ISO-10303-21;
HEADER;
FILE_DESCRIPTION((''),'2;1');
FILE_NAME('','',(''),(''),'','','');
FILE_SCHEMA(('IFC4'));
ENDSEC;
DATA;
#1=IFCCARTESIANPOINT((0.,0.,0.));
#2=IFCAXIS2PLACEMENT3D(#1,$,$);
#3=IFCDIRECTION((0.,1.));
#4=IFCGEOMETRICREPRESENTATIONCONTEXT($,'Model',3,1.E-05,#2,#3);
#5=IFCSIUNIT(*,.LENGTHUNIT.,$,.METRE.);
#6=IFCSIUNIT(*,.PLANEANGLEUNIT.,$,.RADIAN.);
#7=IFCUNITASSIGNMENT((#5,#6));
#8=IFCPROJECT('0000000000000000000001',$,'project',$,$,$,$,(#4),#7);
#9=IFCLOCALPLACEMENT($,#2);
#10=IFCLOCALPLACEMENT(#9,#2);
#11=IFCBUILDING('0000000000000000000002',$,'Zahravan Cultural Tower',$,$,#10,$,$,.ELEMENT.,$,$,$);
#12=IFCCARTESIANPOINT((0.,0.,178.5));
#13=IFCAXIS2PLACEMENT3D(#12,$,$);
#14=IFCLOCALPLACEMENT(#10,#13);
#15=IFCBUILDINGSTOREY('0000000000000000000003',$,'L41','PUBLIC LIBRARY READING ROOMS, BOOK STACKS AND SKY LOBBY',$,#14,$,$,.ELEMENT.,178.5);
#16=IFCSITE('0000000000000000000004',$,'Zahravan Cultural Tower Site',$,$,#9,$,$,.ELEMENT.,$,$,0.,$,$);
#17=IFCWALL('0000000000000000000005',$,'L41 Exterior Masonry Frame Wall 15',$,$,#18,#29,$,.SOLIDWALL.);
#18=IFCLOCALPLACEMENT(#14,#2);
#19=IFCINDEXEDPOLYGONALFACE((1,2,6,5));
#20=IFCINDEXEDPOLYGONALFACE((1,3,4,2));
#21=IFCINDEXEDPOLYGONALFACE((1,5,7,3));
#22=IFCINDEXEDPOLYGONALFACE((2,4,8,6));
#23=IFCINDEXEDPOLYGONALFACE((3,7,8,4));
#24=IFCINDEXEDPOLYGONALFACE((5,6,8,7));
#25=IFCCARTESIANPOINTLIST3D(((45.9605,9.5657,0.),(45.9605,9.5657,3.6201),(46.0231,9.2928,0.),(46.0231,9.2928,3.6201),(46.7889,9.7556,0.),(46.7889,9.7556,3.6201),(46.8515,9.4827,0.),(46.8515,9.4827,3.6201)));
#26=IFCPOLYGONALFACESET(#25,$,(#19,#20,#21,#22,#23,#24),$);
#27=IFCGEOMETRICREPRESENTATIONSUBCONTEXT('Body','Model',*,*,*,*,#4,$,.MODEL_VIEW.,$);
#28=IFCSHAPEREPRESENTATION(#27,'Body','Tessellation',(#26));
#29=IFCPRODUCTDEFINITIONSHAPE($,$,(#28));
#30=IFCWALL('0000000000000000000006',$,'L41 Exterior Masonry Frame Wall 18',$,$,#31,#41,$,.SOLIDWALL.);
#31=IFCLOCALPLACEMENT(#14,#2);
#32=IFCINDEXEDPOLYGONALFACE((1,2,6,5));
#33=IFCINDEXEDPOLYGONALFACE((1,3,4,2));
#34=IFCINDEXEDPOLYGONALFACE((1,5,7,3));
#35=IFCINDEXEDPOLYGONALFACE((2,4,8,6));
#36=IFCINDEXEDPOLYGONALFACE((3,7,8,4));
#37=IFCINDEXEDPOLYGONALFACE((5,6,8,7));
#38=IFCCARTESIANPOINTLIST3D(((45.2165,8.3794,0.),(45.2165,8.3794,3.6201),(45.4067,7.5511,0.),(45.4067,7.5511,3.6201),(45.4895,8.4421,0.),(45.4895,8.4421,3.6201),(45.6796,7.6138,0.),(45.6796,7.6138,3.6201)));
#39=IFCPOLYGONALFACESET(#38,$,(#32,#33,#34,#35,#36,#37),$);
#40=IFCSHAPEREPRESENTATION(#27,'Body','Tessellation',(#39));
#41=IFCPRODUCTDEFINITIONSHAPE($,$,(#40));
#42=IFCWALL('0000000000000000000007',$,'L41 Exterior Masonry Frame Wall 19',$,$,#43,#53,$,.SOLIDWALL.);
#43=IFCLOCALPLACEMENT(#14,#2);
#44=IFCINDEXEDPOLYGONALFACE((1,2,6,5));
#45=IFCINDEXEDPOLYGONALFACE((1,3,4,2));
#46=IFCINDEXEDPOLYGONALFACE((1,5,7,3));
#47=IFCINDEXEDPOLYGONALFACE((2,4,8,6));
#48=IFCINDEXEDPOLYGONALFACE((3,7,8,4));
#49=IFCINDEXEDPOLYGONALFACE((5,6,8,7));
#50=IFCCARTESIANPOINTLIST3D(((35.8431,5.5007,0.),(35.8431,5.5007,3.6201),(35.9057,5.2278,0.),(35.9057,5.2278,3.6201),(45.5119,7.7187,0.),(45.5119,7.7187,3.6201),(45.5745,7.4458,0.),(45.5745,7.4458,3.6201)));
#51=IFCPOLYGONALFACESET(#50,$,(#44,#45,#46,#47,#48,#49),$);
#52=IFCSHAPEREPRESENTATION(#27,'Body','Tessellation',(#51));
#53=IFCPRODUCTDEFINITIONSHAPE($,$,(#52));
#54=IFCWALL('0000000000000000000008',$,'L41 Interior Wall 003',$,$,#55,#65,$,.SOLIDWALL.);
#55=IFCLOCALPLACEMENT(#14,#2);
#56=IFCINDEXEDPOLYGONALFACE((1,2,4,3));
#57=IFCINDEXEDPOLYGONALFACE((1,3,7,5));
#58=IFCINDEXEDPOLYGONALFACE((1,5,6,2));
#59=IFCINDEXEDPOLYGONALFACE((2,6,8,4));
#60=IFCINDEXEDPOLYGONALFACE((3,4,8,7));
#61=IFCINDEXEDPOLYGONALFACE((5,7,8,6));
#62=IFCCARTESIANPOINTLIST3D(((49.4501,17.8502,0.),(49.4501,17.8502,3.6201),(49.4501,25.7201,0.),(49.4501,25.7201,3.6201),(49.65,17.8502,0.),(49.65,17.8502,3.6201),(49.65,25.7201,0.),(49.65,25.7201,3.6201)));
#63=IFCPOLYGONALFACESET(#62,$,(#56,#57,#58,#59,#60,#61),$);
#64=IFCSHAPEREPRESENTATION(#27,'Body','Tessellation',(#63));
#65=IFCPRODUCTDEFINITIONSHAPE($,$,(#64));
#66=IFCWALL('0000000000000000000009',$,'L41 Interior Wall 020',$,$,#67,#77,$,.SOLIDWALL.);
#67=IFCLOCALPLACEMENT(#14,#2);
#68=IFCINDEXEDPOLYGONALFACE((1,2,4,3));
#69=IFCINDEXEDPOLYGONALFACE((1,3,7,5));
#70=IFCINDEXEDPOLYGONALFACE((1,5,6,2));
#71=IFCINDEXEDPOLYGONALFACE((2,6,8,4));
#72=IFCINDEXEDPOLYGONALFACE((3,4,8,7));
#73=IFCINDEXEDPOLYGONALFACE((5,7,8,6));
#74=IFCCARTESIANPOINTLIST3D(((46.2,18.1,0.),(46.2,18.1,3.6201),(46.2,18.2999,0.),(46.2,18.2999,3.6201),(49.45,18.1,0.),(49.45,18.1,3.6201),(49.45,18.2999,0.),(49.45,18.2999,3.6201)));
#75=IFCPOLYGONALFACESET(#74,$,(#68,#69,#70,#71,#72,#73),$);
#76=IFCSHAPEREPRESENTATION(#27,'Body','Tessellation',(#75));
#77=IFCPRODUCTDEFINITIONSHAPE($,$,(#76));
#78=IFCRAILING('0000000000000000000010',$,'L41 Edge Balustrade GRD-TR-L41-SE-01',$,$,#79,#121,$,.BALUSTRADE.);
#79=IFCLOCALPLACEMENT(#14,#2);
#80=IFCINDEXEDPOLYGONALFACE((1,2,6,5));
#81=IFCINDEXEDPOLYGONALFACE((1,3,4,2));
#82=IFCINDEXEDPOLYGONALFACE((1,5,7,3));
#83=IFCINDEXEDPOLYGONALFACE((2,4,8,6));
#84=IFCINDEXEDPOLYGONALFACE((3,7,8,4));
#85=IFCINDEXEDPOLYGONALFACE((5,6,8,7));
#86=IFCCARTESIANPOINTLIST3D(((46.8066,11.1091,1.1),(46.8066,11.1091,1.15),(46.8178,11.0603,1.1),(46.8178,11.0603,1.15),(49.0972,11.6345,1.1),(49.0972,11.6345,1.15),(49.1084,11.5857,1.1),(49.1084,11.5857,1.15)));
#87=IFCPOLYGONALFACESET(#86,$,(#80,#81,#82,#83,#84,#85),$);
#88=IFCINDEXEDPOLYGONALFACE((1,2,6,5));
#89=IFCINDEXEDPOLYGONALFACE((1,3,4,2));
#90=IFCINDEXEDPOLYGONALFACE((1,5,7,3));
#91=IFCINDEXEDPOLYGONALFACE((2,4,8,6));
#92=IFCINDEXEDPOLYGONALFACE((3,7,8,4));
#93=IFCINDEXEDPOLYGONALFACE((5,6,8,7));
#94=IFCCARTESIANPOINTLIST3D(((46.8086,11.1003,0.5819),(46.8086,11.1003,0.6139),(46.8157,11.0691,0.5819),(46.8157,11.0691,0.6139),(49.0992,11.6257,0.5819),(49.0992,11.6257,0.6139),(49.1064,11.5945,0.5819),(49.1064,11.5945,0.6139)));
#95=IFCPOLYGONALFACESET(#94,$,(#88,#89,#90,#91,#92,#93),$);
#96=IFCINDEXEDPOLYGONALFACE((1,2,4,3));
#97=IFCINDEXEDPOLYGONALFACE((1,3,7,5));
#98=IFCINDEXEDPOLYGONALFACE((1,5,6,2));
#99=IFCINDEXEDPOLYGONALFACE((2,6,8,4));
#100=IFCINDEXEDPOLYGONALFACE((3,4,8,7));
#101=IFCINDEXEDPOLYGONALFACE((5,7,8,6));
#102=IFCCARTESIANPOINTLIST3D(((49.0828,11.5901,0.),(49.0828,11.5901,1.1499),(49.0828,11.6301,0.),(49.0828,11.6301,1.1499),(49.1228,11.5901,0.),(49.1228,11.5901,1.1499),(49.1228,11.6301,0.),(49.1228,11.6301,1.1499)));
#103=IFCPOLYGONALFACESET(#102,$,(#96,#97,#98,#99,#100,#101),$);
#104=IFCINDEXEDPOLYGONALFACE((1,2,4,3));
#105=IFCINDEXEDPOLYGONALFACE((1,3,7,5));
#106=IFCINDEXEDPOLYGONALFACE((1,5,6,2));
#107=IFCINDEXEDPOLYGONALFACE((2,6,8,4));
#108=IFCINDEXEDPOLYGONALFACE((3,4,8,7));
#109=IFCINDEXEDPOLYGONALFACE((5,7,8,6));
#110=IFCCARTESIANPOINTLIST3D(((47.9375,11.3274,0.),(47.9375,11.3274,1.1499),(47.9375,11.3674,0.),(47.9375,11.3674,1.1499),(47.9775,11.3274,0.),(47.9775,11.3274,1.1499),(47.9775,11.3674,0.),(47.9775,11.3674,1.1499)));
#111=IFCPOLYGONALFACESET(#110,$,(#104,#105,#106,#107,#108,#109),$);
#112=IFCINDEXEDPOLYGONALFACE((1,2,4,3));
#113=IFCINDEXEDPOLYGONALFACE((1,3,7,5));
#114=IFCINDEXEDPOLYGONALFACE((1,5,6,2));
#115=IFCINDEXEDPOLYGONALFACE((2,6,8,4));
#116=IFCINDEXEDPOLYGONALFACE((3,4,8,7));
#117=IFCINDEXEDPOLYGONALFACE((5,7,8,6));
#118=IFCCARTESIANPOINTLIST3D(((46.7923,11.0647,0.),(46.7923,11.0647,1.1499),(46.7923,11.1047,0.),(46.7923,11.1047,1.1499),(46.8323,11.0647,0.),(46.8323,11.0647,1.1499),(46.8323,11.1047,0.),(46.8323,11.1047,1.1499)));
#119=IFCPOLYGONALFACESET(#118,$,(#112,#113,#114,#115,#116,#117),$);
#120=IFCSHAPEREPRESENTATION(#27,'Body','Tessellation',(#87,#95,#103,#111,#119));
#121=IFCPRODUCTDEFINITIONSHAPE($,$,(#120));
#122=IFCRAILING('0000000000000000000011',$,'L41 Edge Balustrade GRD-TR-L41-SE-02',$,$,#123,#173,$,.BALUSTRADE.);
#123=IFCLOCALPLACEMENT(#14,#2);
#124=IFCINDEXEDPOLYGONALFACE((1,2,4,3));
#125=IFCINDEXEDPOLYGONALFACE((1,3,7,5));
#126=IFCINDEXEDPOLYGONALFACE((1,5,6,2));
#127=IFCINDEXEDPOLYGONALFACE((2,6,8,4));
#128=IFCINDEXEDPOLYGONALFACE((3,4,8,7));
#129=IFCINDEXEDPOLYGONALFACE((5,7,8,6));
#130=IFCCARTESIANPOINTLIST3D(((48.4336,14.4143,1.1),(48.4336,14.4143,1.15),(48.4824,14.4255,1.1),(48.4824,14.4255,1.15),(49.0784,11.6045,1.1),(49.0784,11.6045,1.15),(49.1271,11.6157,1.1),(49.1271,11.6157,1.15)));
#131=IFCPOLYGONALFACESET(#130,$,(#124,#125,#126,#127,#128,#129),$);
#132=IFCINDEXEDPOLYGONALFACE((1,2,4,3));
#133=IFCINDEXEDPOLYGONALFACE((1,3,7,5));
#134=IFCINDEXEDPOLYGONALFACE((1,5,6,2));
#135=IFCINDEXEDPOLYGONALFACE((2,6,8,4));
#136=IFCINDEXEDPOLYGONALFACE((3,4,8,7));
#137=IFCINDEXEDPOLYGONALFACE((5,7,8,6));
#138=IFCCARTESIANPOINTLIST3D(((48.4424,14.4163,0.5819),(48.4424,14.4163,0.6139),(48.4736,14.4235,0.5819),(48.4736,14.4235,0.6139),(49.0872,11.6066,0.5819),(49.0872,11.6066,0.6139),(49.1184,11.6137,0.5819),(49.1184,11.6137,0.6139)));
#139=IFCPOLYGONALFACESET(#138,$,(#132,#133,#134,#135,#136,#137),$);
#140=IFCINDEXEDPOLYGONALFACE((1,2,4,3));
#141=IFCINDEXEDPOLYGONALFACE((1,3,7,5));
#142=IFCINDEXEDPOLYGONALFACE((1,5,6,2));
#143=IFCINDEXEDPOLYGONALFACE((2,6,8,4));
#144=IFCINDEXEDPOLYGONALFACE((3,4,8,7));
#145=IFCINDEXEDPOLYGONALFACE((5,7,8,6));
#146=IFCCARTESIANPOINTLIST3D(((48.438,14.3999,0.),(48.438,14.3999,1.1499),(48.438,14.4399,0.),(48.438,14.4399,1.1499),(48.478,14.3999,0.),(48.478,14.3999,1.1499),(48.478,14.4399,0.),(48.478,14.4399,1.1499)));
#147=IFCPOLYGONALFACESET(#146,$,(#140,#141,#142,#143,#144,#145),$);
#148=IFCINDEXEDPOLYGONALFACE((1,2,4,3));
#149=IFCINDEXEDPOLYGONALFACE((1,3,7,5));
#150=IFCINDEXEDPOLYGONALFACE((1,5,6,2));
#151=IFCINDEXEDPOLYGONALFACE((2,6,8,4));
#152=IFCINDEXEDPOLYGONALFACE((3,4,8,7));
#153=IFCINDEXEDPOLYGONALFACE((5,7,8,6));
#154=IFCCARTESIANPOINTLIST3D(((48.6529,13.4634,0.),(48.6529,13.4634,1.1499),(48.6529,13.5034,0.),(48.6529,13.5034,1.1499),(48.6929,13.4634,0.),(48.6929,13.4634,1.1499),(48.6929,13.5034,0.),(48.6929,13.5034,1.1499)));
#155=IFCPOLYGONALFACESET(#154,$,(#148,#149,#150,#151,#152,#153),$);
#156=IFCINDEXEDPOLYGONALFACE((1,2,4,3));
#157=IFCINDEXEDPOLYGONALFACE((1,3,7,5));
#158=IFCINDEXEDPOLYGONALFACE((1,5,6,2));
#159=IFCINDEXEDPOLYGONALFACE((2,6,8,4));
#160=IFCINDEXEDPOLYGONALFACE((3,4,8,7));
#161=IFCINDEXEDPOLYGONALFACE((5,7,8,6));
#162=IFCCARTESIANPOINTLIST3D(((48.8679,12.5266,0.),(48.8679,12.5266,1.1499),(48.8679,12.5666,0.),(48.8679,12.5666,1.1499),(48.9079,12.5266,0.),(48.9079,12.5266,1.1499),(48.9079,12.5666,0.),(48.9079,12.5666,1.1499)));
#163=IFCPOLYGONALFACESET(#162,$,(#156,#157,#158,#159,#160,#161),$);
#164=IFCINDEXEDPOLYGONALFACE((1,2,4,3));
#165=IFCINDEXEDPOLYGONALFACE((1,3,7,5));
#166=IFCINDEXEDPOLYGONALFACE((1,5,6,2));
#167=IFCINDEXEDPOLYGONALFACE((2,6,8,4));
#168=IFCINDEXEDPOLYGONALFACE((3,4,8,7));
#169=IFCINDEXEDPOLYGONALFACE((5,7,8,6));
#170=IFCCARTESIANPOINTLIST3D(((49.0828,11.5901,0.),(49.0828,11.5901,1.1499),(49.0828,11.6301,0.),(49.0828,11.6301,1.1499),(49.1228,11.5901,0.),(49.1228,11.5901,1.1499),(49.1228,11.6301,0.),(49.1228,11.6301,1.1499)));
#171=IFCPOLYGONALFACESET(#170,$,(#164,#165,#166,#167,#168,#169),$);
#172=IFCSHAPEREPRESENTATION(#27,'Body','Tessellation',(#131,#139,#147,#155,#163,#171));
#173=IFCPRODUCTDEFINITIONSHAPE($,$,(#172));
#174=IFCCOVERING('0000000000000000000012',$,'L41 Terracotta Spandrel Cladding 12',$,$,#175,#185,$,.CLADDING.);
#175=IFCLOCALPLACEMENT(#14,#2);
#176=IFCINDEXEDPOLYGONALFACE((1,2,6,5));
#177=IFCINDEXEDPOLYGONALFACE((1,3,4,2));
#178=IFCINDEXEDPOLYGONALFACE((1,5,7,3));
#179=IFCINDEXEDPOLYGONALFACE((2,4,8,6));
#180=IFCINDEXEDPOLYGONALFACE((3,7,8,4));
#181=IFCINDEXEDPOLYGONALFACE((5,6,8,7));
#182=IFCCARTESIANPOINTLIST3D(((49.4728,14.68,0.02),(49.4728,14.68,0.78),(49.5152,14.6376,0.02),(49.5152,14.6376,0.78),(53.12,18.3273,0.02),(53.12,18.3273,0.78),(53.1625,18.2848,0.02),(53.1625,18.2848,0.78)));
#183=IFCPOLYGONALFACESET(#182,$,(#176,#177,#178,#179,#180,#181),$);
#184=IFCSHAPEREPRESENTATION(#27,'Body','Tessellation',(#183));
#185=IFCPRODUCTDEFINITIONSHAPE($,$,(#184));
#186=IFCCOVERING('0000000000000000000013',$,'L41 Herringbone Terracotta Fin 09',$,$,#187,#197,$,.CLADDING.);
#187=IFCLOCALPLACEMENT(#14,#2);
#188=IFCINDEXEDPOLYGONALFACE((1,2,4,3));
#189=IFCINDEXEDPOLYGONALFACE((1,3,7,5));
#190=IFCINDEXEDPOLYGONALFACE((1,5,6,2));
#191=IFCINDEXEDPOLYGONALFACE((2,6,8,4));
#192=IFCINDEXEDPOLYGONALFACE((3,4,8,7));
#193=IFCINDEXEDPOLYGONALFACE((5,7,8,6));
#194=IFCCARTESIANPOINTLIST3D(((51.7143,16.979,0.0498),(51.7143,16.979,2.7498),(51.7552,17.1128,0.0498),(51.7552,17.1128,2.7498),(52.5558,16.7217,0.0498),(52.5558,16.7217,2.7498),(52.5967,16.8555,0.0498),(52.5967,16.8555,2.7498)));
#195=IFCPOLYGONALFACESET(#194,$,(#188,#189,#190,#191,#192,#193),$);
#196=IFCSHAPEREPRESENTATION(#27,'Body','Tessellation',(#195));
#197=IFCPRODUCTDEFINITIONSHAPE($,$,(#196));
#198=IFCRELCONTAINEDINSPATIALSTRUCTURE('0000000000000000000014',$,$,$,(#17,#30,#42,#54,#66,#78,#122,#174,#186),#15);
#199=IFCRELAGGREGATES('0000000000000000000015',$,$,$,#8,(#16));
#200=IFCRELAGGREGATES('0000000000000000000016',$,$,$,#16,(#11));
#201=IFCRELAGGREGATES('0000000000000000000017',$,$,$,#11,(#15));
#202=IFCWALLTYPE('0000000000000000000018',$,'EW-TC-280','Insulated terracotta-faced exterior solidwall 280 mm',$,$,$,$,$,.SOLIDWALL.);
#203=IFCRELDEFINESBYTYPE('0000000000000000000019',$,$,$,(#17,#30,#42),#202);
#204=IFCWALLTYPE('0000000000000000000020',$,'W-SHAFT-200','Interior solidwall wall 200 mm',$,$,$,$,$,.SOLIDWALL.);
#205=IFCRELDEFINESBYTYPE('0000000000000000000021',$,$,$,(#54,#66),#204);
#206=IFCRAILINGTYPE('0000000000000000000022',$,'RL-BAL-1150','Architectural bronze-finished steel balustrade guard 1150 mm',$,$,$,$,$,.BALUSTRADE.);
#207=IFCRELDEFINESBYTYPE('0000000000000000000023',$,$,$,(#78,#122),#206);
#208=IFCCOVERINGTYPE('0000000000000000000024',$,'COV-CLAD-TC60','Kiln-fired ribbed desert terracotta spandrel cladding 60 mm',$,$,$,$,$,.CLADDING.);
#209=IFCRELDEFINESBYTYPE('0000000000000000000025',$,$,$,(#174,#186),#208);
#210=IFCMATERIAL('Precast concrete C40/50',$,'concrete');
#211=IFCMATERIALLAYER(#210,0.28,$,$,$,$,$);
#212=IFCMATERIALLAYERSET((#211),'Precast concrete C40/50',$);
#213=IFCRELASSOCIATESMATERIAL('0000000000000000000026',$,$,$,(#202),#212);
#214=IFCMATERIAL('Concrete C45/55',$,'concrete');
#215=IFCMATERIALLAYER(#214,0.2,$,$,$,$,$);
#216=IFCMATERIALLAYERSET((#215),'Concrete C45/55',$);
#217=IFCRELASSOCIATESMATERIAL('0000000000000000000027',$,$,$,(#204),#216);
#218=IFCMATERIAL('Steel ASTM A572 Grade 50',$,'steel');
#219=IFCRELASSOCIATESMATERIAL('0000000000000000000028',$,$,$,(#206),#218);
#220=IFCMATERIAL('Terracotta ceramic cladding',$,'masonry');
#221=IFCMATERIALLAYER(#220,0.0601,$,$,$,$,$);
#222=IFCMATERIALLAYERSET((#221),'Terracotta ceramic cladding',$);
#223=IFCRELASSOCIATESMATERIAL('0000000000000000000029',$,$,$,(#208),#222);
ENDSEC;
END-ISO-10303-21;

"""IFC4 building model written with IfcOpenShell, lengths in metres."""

from ifc_helpers import new_model, si_unit, direction, frame, frame_2d, origin, origin_2d, place, context, subcontext, project, spatial, rectangle, extrude, source, transform, mapped, material, layer, layer_set, type_object, element, save


model = new_model("IFC4")

# Units and contexts
model_context = context("Model", 3, precision=1e-05, world=origin(), true_north=direction((0.0, 1.0)))
body_context = subcontext(model_context, "Body", "Model", "MODEL_VIEW")
ifc_project = project(units=[si_unit("LENGTHUNIT", "METRE"), si_unit("PLANEANGLEUNIT", "RADIAN")], contexts=[model_context])

# Site, building, storey
site_placement = place(None, origin())
site = spatial("IfcSite", under=ifc_project, at=site_placement, Name="Zahravan Cultural Tower Site", CompositionType="ELEMENT", RefElevation=0.0)
building_placement = place(site_placement, origin())
building = spatial("IfcBuilding", under=site, at=building_placement, Name="Zahravan Cultural Tower", CompositionType="ELEMENT")
storey_placement = place(building_placement, frame((0.0, 0.0, 178.5)))
storey = spatial("IfcBuildingStorey", under=building, at=storey_placement, Name="L41", Description="PUBLIC LIBRARY READING ROOMS, BOOK STACKS AND SKY LOBBY", CompositionType="ELEMENT", Elevation=178.5)

# Shared definitions
ifc_material_1 = material(Name="Precast concrete C40/50", Category="concrete")
ifc_layer_1 = layer(ifc_material_1, 0.28)
ifc_layer_set_1 = layer_set([ifc_layer_1], Name="Precast concrete C40/50")
wall_type_1 = type_object("IfcWallType", Name="EW-TC-280", Description="Insulated terracotta-faced exterior solidwall 280 mm", PredefinedType="SOLIDWALL", material=ifc_layer_set_1)

# Shared definitions
ifc_material_2 = material(Name="Concrete C45/55", Category="concrete")
ifc_layer_2 = layer(ifc_material_2, 0.2)
ifc_layer_set_2 = layer_set([ifc_layer_2], Name="Concrete C45/55")
wall_type_2 = type_object("IfcWallType", Name="W-SHAFT-200", Description="Interior solidwall wall 200 mm", PredefinedType="SOLIDWALL", material=ifc_layer_set_2)
ifc_material_3 = material(Name="Steel ASTM A572 Grade 50", Category="steel")

# Walls
shared_shape_1 = source(origin(), body_context, "Body", "SweptSolid", [
    extrude(rectangle(XDim=0.8499, YDim=0.28, at=frame_2d((0.4248, 0.0))), origin(), (0.0, 0.0, 1.0), 3.6201),
])
for number, where, z_axis, x_axis, name in (
    (1, (46.8201, 9.6191, 0.0), (0.0, 0.0, 1.0), (-0.974705, -0.223496, 0.0), "L41 Exterior Masonry Frame Wall 15"),
    (2, (45.353, 8.4106, 0.0), (0.0, 0.0, 1.0), (0.223768, -0.974642, 0.0), "L41 Exterior Masonry Frame Wall 18"),
):
    element("IfcWall", number, at=place(storey_placement, frame(where, z_axis=z_axis, x_axis=x_axis)), inside=storey, type_object=wall_type_1, Name=name, PredefinedType="SOLIDWALL", context=body_context, shape_type="MappedRepresentation", body=[
        mapped(shared_shape_1, transform((0.0, 0.0, 0.0), x_axis=(1.0, 0.0, 0.0), y_axis=(0.0, 1.0, 0.0), z_axis=(0.0, 0.0, 1.0), scale=1.0)),
    ])
shared_shape_2 = source(origin(), body_context, "Body", "SweptSolid", [
    extrude(rectangle(XDim=9.9199, YDim=0.28, at=frame_2d((4.96, 0.0))), origin(), (0.0, 0.0, 1.0), 3.6201),
])
wall_1_placement = place(storey_placement, frame((45.5432, 7.5823, 0.0), z_axis=(0.0, 0.0, 1.0), x_axis=(-0.974682, -0.223594, 0.0)))
element("IfcWall", 3, at=wall_1_placement, inside=storey, type_object=wall_type_1, Name="L41 Exterior Masonry Frame Wall 19", PredefinedType="SOLIDWALL", context=body_context, shape_type="MappedRepresentation", body=[
    mapped(shared_shape_2, transform((0.0, 0.0, 0.0), x_axis=(1.0, 0.0, 0.0), y_axis=(0.0, 1.0, 0.0), z_axis=(0.0, 0.0, 1.0), scale=1.0)),
])
shared_shape_3 = source(origin(), body_context, "Body", "SweptSolid", [
    extrude(rectangle(XDim=7.8699, YDim=0.2, at=frame_2d((3.9351, 0.0))), origin(), (0.0, 0.0, 1.0), 3.6201),
])
wall_2_placement = place(storey_placement, frame((49.55, 17.8501, 0.0), z_axis=(0.0, 0.0, 1.0), x_axis=(0.0, 1.0, 0.0)))
element("IfcWall", 4, at=wall_2_placement, inside=storey, type_object=wall_type_2, Name="L41 Interior Wall 003", PredefinedType="SOLIDWALL", context=body_context, shape_type="MappedRepresentation", body=[
    mapped(shared_shape_3, transform((0.0, 0.0, 0.0), x_axis=(1.0, 0.0, 0.0), y_axis=(0.0, 1.0, 0.0), z_axis=(0.0, 0.0, 1.0), scale=1.0)),
])
shared_shape_4 = source(origin(), body_context, "Body", "SweptSolid", [
    extrude(rectangle(XDim=3.25, YDim=0.2, at=frame_2d((1.625, 0.0))), origin(), (0.0, 0.0, 1.0), 3.6201),
])
wall_3_placement = place(storey_placement, frame((46.2, 18.2, 0.0), z_axis=(0.0, 0.0, 1.0), x_axis=(1.0, 0.0, 0.0)))
element("IfcWall", 5, at=wall_3_placement, inside=storey, type_object=wall_type_2, Name="L41 Interior Wall 020", PredefinedType="SOLIDWALL", context=body_context, shape_type="MappedRepresentation", body=[
    mapped(shared_shape_4, transform((0.0, 0.0, 0.0), x_axis=(1.0, 0.0, 0.0), y_axis=(0.0, 1.0, 0.0), z_axis=(0.0, 0.0, 1.0), scale=1.0)),
])

# Railings
railing_type = type_object("IfcRailingType", Name="RL-BAL-1150", Description="Architectural bronze-finished steel balustrade guard 1150 mm", PredefinedType="BALUSTRADE", material=ifc_material_3)
railing_1_placement = place(storey_placement, frame((49.1028, 11.6101, 0.0)))
element("IfcRailing", 6, at=railing_1_placement, inside=storey, type_object=railing_type, Name="L41 Edge Balustrade GRD-TR-L41-SE-01", PredefinedType="BALUSTRADE", context=body_context, shape_type="SweptSolid", body=[
    extrude(rectangle(XDim=0.05, YDim=0.05, at=origin_2d()), frame((0.0, 0.0, 1.125), z_axis=(-0.974688, -0.223569, 0.0), x_axis=(0.223569, -0.974688, 0.0)), (0.0, 0.0, 1.0), 2.3501),
    extrude(rectangle(XDim=0.032, YDim=0.032, at=origin_2d()), frame((0.0, 0.0, 0.5979), z_axis=(-0.974688, -0.223569, 0.0), x_axis=(0.223569, -0.974688, 0.0)), (0.0, 0.0, 1.0), 2.3501),
    extrude(rectangle(XDim=0.04, YDim=0.04, at=origin_2d()), origin(), (0.0, 0.0, 1.0), 1.1499),
    extrude(rectangle(XDim=0.04, YDim=0.04, at=origin_2d()), frame((-1.1453, -0.2627, 0.0)), (0.0, 0.0, 1.0), 1.1499),
    extrude(rectangle(XDim=0.04, YDim=0.04, at=origin_2d()), frame((-2.2905, -0.5254, 0.0)), (0.0, 0.0, 1.0), 1.1499),
])
railing_2_placement = place(storey_placement, frame((48.458, 14.4199, 0.0)))
element("IfcRailing", 7, at=railing_2_placement, inside=storey, type_object=railing_type, Name="L41 Edge Balustrade GRD-TR-L41-SE-02", PredefinedType="BALUSTRADE", context=body_context, shape_type="SweptSolid", body=[
    extrude(rectangle(XDim=0.05, YDim=0.05, at=origin_2d()), frame((0.0, 0.0, 1.125), z_axis=(0.223659, -0.974667, 0.0), x_axis=(0.974667, 0.223659, 0.0)), (0.0, 0.0, 1.0), 2.8828),
    extrude(rectangle(XDim=0.032, YDim=0.032, at=origin_2d()), frame((0.0, 0.0, 0.5979), z_axis=(0.223659, -0.974667, 0.0), x_axis=(0.974667, 0.223659, 0.0)), (0.0, 0.0, 1.0), 2.8828),
    extrude(rectangle(XDim=0.04, YDim=0.04, at=origin_2d()), origin(), (0.0, 0.0, 1.0), 1.1499),
    extrude(rectangle(XDim=0.04, YDim=0.04, at=origin_2d()), frame((0.2148, -0.9365, 0.0)), (0.0, 0.0, 1.0), 1.1499),
    extrude(rectangle(XDim=0.04, YDim=0.04, at=origin_2d()), frame((0.4299, -1.8733, 0.0)), (0.0, 0.0, 1.0), 1.1499),
    extrude(rectangle(XDim=0.04, YDim=0.04, at=origin_2d()), frame((0.6448, -2.8098, 0.0)), (0.0, 0.0, 1.0), 1.1499),
])

# Coverings
ifc_material_4 = material(Name="Terracotta ceramic cladding", Category="masonry")
ifc_layer_3 = layer(ifc_material_4, 0.0601)
ifc_layer_set_3 = layer_set([ifc_layer_3], Name="Terracotta ceramic cladding")
covering_type = type_object("IfcCoveringType", Name="COV-CLAD-TC60", Description="Kiln-fired ribbed desert terracotta spandrel cladding 60 mm", PredefinedType="CLADDING", material=ifc_layer_set_3)
shared_shape_5 = source(origin(), body_context, "Body", "SweptSolid", [
    extrude(rectangle(XDim=5.158, YDim=0.0601, at=origin_2d()), origin(), (0.0, 0.0, 1.0), 0.76),
])
covering_1_placement = place(storey_placement, frame((51.3176, 16.4824, 0.02), z_axis=(0.0, 0.0, 1.0), x_axis=(-0.707107, -0.707107, 0.0)))
element("IfcCovering", 8, at=covering_1_placement, inside=storey, type_object=covering_type, Name="L41 Terracotta Spandrel Cladding 12", PredefinedType="CLADDING", context=body_context, shape_type="MappedRepresentation", body=[
    mapped(shared_shape_5, transform((0.0, 0.0, 0.0), x_axis=(1.0, 0.0, 0.0), y_axis=(0.0, 1.0, 0.0), z_axis=(0.0, 0.0, 1.0), scale=1.0)),
])
shared_shape_6 = source(origin(), body_context, "Body", "SweptSolid", [
    extrude(rectangle(XDim=0.8799, YDim=0.1399, at=origin_2d()), origin(), (0.0, 0.0, 1.0), 2.7),
])
for number, where, z_axis, x_axis, name in (
    (9, (52.1555, 16.9172, 0.0498), (0.0, 0.0, 1.0), (0.956305, -0.292372, 0.0), "L41 Herringbone Terracotta Fin 09"),
):
    element("IfcCovering", number, at=place(storey_placement, frame(where, z_axis=z_axis, x_axis=x_axis)), inside=storey, type_object=covering_type, Name=name, PredefinedType="CLADDING", context=body_context, shape_type="MappedRepresentation", body=[
        mapped(shared_shape_6, transform((0.0, 0.0, 0.0), x_axis=(1.0, 0.0, 0.0), y_axis=(0.0, 1.0, 0.0), z_axis=(0.0, 0.0, 1.0), scale=1.0)),
    ])

save(model, "model.ifc")
